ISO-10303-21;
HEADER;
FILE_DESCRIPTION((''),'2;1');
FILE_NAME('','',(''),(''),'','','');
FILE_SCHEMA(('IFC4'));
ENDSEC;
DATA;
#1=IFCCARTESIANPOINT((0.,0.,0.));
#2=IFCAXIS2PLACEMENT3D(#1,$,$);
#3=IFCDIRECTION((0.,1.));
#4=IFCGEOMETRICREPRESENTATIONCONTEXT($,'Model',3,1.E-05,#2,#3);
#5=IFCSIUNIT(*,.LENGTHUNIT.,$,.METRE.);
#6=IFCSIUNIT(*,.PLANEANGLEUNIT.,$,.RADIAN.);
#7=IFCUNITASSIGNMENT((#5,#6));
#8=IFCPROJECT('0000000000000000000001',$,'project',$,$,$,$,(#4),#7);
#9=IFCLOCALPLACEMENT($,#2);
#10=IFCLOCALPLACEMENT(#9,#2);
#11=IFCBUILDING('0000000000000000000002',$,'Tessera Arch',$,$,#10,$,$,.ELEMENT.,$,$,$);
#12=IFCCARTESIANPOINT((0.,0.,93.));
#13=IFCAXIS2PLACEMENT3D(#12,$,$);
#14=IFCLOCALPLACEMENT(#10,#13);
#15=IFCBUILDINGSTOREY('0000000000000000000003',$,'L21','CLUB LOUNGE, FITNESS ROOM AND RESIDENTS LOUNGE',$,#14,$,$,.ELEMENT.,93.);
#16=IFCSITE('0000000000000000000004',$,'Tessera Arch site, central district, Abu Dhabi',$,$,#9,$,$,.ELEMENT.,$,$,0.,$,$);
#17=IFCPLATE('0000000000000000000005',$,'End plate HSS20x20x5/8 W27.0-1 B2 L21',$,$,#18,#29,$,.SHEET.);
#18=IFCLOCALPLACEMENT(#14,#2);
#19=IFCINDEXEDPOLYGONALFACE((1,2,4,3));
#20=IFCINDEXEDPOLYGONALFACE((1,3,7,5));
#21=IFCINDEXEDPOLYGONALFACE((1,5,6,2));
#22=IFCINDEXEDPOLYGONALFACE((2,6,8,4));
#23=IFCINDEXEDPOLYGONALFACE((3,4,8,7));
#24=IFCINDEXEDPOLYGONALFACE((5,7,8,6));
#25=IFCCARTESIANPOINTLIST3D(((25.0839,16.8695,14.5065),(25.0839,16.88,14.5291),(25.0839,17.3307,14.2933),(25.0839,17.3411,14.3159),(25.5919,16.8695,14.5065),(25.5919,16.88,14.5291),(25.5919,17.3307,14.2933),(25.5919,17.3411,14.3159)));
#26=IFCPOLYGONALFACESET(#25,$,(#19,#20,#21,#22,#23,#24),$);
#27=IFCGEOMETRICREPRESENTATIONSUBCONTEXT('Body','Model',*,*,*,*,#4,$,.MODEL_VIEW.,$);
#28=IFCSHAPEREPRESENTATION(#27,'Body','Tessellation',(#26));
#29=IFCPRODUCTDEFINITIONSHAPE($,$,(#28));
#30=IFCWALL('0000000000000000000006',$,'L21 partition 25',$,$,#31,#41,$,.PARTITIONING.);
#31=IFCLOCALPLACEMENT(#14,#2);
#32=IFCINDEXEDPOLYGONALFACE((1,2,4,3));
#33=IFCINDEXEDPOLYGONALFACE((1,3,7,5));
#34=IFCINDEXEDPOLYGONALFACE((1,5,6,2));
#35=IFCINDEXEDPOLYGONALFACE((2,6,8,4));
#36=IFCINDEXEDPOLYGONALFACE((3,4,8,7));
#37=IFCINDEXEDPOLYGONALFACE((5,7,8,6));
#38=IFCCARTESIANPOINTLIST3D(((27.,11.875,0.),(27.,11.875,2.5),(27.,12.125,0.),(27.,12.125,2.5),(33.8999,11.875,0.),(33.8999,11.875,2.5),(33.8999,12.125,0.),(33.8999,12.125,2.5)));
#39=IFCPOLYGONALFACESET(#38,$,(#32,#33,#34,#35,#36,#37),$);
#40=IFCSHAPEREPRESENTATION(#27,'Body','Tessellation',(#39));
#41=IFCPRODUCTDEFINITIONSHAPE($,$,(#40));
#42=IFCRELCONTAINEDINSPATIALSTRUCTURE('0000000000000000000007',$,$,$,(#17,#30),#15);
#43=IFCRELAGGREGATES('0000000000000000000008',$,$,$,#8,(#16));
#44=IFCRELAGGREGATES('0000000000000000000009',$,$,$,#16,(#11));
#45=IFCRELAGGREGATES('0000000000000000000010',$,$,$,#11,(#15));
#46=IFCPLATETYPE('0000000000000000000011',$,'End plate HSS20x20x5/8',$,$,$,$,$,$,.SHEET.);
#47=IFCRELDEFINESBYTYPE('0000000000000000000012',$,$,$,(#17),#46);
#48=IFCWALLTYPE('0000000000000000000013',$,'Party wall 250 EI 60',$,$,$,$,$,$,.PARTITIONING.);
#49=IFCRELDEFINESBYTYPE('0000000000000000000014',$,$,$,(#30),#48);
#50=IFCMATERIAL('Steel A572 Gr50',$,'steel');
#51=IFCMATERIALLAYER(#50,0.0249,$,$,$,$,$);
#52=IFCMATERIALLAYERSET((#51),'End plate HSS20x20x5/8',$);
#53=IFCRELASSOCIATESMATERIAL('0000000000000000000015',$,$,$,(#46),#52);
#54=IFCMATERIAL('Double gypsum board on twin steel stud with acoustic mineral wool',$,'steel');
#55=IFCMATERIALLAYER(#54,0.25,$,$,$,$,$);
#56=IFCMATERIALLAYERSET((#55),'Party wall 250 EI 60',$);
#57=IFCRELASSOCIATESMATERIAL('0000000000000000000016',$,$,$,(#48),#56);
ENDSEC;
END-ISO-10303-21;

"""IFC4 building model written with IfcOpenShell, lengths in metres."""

from ifc_helpers import new_model, si_unit, direction, frame, frame_2d, origin, origin_2d, place, context, subcontext, project, spatial, rectangle, extrude, material, layer, layer_set, type_object, element, save


model = new_model("IFC4")

# Units and contexts
model_context = context("Model", 3, precision=1e-05, world=origin(), true_north=direction((0.0, 1.0)))
body_context = subcontext(model_context, "Body", "Model", "MODEL_VIEW")
ifc_project = project(units=[si_unit("LENGTHUNIT", "METRE"), si_unit("PLANEANGLEUNIT", "RADIAN")], contexts=[model_context])

# Site, building, storey
site_placement = place(None, origin())
site = spatial("IfcSite", under=ifc_project, at=site_placement, Name="Tessera Arch site, central district, Abu Dhabi", CompositionType="ELEMENT", RefElevation=0.0)
building_placement = place(site_placement, origin())
building = spatial("IfcBuilding", under=site, at=building_placement, Name="Tessera Arch", CompositionType="ELEMENT")
storey_placement = place(building_placement, frame((0.0, 0.0, 93.0)))
storey = spatial("IfcBuildingStorey", under=building, at=storey_placement, Name="L21", Description="CLUB LOUNGE, FITNESS ROOM AND RESIDENTS LOUNGE", CompositionType="ELEMENT", Elevation=93.0)

# Plate
ifc_material_1 = material(Name="Steel A572 Gr50", Category="steel")
ifc_layer_1 = layer(ifc_material_1, 0.0249)
ifc_layer_set_1 = layer_set([ifc_layer_1], Name="End plate HSS20x20x5/8")
plate_type_1 = type_object("IfcPlateType", Name="End plate HSS20x20x5/8", PredefinedType="SHEET", material=ifc_layer_set_1)
for number, where, z_axis, x_axis, name in (
    (1, (25.3379, 17.1001, 14.3999), (0.0, 0.419677, 0.907674), (-1.0, 0.0, 0.0), "End plate HSS20x20x5/8 W27.0-1 B2 L21"),
):
    element("IfcPlate", number, at=place(storey_placement, frame(where, z_axis=z_axis, x_axis=x_axis)), inside=storey, type_object=plate_type_1, Name=name, PredefinedType="SHEET", context=body_context, shape_type="SweptSolid", body=[
        extrude(rectangle(XDim=0.5081, YDim=0.5081, at=origin_2d()), origin(), (0.0, 0.0, 1.0), 0.0249),
    ])

# Wall
ifc_material_2 = material(Name="Double gypsum board on twin steel stud with acoustic mineral wool", Category="steel")
ifc_layer_2 = layer(ifc_material_2, 0.25)
ifc_layer_set_2 = layer_set([ifc_layer_2], Name="Party wall 250 EI 60")
wall_type = type_object("IfcWallType", Name="Party wall 250 EI 60", PredefinedType="PARTITIONING", material=ifc_layer_set_2)
wall_placement = place(storey_placement, frame((27.0, 12.0, 0.0), z_axis=(0.0, 0.0, 1.0), x_axis=(1.0, 0.0, 0.0)))
element("IfcWall", 2, at=wall_placement, inside=storey, type_object=wall_type, Name="L21 partition 25", PredefinedType="PARTITIONING", context=body_context, shape_type="SweptSolid", body=[
    extrude(rectangle(XDim=6.8999, YDim=0.25, at=frame_2d((3.45, 0.0))), origin(), (0.0, 0.0, 1.0), 2.5),
])

save(model, "model.ifc")
